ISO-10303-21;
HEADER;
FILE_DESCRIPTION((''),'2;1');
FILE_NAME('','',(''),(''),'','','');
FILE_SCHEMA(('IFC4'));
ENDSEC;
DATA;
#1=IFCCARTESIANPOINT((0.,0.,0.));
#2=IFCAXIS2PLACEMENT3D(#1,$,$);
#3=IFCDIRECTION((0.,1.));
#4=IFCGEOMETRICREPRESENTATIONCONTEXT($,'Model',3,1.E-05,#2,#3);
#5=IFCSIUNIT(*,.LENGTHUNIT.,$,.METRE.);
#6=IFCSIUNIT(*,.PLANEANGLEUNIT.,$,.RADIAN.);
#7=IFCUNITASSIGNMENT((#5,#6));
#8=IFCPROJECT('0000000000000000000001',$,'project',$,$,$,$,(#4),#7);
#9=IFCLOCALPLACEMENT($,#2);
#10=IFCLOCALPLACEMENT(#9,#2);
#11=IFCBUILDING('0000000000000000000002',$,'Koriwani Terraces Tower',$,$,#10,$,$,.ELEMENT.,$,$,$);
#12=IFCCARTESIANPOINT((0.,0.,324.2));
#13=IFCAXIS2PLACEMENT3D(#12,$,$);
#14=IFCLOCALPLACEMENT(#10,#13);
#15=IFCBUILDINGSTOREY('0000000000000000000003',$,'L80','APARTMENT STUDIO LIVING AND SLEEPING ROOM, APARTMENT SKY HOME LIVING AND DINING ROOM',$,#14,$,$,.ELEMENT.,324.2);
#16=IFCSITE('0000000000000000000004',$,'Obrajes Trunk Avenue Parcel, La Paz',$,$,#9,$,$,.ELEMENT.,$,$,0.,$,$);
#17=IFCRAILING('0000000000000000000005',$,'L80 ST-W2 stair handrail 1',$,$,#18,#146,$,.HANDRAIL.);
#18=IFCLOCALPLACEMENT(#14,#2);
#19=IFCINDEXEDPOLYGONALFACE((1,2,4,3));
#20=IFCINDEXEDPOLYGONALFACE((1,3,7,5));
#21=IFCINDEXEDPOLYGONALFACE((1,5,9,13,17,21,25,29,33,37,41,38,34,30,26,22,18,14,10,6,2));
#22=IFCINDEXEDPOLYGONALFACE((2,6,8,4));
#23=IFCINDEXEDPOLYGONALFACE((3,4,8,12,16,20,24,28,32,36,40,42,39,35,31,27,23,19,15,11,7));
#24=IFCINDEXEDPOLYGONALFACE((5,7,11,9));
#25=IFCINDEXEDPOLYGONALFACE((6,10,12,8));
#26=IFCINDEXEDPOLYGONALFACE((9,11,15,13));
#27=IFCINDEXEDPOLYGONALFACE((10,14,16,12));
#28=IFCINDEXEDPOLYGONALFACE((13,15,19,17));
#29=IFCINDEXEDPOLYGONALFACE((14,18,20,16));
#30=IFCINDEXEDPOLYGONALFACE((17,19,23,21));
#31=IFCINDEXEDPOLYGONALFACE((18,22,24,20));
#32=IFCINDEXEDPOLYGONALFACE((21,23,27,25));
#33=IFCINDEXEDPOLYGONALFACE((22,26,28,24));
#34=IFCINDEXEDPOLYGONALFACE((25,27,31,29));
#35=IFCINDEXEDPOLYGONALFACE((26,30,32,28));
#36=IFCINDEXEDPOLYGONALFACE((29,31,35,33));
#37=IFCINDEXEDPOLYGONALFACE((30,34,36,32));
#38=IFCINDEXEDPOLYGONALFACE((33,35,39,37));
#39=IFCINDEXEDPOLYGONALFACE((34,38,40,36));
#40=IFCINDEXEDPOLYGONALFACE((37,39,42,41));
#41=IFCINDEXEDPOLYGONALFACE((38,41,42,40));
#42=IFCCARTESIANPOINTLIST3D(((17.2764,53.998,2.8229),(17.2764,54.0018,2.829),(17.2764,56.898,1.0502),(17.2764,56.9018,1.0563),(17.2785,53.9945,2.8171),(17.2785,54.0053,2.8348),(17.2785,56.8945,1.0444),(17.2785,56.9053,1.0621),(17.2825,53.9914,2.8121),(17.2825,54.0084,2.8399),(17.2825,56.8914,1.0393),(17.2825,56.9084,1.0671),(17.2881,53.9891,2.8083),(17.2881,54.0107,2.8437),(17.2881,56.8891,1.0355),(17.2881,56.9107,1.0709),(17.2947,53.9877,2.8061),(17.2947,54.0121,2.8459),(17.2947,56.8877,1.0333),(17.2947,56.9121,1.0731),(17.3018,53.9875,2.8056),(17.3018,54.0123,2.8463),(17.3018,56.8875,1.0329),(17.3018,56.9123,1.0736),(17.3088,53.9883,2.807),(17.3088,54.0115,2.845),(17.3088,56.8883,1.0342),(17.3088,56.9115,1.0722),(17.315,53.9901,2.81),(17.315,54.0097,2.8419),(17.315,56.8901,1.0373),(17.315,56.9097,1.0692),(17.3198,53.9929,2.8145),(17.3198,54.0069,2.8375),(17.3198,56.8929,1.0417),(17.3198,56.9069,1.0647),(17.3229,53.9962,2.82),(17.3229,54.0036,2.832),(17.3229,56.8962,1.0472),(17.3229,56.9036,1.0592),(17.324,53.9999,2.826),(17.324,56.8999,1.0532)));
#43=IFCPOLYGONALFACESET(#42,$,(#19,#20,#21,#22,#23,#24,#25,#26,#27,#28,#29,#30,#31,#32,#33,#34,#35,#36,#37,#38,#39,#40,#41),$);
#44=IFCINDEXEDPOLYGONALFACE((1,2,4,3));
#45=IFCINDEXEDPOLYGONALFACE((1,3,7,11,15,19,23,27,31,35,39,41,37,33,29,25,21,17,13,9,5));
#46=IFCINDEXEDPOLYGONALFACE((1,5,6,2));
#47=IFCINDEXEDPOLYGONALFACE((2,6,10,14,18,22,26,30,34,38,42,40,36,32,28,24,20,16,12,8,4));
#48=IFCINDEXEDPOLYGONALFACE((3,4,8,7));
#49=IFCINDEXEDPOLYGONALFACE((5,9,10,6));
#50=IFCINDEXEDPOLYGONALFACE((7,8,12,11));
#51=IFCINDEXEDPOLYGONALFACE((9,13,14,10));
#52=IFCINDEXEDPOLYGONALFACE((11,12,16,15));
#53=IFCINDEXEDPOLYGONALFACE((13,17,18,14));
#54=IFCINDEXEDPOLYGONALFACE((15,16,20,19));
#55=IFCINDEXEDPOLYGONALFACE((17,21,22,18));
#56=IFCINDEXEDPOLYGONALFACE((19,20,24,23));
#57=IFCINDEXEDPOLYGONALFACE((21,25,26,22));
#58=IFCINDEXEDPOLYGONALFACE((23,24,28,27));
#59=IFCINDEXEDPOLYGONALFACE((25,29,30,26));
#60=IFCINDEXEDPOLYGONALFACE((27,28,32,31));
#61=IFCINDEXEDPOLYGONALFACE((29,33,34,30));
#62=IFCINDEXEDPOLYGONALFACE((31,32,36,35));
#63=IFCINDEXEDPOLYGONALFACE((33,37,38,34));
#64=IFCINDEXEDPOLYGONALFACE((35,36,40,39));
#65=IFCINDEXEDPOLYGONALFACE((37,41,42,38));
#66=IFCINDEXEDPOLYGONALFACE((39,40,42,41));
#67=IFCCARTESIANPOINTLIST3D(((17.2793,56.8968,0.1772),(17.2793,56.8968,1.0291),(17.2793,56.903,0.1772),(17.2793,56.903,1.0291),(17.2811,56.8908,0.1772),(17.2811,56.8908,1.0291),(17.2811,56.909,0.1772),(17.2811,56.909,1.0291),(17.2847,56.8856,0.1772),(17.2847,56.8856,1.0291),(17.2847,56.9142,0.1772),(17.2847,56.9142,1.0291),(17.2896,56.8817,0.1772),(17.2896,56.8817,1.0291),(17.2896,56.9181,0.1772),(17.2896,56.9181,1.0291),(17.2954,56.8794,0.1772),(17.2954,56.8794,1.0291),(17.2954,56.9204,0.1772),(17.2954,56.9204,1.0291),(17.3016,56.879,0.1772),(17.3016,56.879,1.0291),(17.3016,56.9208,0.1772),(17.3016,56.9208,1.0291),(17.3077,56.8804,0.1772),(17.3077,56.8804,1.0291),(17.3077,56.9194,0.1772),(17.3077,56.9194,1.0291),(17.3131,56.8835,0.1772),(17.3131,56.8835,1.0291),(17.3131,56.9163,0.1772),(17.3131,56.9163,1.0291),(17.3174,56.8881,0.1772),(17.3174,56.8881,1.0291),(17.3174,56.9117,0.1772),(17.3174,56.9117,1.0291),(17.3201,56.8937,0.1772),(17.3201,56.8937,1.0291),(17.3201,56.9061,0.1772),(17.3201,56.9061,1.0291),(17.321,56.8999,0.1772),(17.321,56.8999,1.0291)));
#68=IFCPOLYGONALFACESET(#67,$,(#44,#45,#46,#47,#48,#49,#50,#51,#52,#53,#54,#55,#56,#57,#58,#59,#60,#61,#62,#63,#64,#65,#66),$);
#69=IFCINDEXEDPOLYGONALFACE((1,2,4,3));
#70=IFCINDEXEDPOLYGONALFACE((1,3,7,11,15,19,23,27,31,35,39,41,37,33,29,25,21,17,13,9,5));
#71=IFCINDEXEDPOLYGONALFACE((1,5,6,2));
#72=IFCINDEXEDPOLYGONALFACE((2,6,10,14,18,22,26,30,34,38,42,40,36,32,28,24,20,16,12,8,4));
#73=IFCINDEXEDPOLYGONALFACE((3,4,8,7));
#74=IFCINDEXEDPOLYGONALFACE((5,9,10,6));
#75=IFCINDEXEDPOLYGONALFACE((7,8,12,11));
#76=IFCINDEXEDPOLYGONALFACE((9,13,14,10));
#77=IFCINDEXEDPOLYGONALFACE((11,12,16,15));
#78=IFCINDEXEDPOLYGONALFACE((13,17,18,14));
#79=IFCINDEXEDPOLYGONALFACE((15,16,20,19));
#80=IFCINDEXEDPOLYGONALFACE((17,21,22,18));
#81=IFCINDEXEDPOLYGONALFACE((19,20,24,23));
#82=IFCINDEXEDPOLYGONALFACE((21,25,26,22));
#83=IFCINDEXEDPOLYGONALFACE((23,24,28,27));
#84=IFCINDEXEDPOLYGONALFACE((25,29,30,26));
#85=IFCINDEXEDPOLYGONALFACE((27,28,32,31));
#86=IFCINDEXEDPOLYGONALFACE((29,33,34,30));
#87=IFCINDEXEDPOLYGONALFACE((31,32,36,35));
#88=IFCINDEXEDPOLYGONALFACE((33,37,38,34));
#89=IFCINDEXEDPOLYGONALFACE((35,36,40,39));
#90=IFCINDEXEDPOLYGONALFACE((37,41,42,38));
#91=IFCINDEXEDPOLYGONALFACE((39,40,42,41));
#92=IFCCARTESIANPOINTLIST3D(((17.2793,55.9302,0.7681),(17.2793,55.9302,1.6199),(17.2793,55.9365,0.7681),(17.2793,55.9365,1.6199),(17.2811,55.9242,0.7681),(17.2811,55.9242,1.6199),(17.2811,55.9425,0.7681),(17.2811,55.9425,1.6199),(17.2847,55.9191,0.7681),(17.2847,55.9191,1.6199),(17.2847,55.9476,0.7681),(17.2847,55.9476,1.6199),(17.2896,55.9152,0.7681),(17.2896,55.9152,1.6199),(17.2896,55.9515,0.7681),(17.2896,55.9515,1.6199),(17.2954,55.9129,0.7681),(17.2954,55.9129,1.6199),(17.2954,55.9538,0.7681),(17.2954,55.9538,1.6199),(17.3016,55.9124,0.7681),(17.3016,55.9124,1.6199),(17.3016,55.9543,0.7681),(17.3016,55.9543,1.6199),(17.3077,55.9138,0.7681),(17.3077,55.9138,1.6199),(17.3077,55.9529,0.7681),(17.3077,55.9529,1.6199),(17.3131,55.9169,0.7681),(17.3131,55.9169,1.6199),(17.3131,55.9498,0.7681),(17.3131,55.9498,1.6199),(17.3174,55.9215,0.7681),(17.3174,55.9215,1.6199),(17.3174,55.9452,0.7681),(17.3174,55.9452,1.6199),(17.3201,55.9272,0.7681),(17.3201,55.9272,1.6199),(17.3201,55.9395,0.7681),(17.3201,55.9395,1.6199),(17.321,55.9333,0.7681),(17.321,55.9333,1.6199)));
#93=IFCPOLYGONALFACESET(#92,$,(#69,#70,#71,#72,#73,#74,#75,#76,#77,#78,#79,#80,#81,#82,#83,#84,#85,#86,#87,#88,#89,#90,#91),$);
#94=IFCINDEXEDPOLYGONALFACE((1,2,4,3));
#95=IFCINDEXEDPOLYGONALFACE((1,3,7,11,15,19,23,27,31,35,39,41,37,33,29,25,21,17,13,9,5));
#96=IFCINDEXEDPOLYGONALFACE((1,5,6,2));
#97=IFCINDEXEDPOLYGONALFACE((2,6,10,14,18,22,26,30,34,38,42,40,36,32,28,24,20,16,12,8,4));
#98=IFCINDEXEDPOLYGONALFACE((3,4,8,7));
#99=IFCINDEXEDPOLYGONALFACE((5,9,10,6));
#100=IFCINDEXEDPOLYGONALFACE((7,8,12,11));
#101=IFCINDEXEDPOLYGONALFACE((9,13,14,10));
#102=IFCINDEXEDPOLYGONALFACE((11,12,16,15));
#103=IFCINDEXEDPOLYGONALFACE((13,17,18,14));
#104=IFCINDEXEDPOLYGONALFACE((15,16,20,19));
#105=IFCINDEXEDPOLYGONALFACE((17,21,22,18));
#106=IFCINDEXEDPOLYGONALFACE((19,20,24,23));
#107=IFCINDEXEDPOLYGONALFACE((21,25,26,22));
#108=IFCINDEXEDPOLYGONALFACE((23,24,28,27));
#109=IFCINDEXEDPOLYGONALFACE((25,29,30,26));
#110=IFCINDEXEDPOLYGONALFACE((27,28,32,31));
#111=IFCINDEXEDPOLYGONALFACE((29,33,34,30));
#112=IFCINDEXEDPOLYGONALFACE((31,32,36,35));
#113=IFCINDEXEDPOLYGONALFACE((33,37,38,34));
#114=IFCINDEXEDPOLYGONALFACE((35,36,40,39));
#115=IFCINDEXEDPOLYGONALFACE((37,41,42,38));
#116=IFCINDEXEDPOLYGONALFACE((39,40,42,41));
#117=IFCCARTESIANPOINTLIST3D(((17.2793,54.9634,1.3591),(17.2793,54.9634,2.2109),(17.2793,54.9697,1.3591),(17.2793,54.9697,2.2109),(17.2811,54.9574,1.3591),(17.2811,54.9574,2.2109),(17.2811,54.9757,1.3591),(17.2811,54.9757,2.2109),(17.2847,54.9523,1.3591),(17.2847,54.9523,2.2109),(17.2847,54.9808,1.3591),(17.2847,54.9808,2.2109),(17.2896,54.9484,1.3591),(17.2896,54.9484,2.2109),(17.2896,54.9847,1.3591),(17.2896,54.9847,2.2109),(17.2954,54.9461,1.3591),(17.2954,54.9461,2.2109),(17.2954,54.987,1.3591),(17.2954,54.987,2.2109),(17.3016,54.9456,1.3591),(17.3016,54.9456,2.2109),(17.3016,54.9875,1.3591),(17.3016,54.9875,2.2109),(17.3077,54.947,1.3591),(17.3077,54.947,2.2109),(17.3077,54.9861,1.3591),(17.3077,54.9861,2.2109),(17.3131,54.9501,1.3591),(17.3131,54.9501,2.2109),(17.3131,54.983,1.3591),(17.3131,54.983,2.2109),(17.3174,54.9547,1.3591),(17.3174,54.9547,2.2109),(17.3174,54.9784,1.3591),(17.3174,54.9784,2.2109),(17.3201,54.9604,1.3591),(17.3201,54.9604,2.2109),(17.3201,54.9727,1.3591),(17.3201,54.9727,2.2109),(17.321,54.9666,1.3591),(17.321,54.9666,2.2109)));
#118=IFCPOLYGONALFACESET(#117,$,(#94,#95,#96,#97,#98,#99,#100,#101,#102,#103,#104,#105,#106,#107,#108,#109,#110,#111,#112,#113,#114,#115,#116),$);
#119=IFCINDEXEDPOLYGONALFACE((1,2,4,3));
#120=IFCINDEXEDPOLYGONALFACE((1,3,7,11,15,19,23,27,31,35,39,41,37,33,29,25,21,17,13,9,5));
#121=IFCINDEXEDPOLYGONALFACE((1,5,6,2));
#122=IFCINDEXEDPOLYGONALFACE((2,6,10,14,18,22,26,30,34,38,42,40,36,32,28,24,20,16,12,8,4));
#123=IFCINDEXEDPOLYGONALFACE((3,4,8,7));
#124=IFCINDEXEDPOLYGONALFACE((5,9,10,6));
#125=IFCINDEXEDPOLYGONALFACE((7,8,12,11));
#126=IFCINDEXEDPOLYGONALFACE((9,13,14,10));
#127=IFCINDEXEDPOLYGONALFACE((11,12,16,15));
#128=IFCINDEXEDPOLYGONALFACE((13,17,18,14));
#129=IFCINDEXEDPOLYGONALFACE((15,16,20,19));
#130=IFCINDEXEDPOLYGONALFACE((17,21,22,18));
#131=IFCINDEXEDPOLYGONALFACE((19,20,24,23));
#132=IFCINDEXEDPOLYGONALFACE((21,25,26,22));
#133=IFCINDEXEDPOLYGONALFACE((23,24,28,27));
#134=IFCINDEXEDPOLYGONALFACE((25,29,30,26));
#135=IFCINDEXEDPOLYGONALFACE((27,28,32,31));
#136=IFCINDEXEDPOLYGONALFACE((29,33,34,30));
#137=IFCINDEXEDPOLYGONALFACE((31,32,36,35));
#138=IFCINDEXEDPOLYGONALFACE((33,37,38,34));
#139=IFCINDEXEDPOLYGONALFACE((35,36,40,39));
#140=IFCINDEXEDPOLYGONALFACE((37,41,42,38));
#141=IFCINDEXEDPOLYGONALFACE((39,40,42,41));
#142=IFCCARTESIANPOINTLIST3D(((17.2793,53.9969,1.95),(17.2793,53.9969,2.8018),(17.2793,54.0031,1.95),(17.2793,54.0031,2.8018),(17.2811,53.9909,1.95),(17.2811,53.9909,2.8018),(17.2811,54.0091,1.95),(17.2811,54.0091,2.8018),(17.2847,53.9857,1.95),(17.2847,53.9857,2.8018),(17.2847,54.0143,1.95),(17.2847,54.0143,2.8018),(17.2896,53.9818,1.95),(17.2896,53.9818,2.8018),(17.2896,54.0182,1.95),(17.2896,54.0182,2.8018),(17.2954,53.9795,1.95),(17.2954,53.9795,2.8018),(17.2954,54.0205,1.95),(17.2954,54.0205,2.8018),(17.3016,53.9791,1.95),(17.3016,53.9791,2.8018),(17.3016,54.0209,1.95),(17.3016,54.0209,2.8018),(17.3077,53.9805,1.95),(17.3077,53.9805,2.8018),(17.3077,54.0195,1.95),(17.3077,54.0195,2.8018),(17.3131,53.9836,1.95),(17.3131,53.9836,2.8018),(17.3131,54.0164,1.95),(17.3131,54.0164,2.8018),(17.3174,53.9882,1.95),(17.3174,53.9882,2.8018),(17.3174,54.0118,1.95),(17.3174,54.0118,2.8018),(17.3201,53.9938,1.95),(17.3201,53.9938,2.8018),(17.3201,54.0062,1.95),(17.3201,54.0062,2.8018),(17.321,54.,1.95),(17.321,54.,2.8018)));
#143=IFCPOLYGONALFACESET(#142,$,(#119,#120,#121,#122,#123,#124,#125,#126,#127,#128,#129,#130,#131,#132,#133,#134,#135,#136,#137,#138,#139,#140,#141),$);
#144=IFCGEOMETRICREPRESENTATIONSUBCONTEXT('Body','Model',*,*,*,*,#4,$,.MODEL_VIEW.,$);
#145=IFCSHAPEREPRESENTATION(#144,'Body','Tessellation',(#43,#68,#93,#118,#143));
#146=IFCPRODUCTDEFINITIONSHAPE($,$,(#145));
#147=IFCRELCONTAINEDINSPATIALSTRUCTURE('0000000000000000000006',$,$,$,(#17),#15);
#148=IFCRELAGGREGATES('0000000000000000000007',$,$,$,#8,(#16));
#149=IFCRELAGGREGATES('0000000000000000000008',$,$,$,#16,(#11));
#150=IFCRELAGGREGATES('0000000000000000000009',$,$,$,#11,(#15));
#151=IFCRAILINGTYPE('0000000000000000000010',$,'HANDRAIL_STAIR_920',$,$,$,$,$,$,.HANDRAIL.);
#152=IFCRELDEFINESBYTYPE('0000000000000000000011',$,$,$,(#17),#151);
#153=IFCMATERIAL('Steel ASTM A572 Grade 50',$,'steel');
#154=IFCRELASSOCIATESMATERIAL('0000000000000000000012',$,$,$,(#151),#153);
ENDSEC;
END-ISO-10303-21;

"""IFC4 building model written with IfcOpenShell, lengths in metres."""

from ifc_helpers import new_model, si_unit, direction, frame, origin, origin_2d, place, context, subcontext, project, spatial, circle, extrude, material, type_object, element, save


model = new_model("IFC4")

# Units and contexts
model_context = context("Model", 3, precision=1e-05, world=origin(), true_north=direction((0.0, 1.0)))
body_context = subcontext(model_context, "Body", "Model", "MODEL_VIEW")
ifc_project = project(units=[si_unit("LENGTHUNIT", "METRE"), si_unit("PLANEANGLEUNIT", "RADIAN")], contexts=[model_context])

# Site, building, storey
site_placement = place(None, origin())
site = spatial("IfcSite", under=ifc_project, at=site_placement, Name="Obrajes Trunk Avenue Parcel, La Paz", CompositionType="ELEMENT", RefElevation=0.0)
building_placement = place(site_placement, origin())
building = spatial("IfcBuilding", under=site, at=building_placement, Name="Koriwani Terraces Tower", CompositionType="ELEMENT")
storey_placement = place(building_placement, frame((0.0, 0.0, 324.2)))
storey = spatial("IfcBuildingStorey", under=building, at=storey_placement, Name="L80", Description="APARTMENT STUDIO LIVING AND SLEEPING ROOM, APARTMENT SKY HOME LIVING AND DINING ROOM", CompositionType="ELEMENT", Elevation=324.2)

# Shared definitions
ifc_material_1 = material(Name="Steel ASTM A572 Grade 50", Category="steel")

# Railing
railing_type_1 = type_object("IfcRailingType", Name="HANDRAIL_STAIR_920", PredefinedType="HANDRAIL", material=ifc_material_1)
railing_1_placement = place(storey_placement, frame((17.3, 56.8999, 0.1772)))
element("IfcRailing", 1, at=railing_1_placement, inside=storey, type_object=railing_type_1, Name="L80 ST-W2 stair handrail 1", PredefinedType="HANDRAIL", context=body_context, shape_type="SweptSolid", body=[
    extrude(circle(Radius=0.0239, at=origin_2d()), frame((0.0, 0.0, 0.876), z_axis=(0.0, -0.853211, 0.521566), x_axis=(1.0, 0.0, 0.0)), (0.0, 0.0, 1.0), 3.3989),
    extrude(circle(Radius=0.021, at=origin_2d()), origin(), (0.0, 0.0, 1.0), 0.8518),
    extrude(circle(Radius=0.021, at=origin_2d()), frame((0.0, -0.9666, 0.5908)), (0.0, 0.0, 1.0), 0.8518),
    extrude(circle(Radius=0.021, at=origin_2d()), frame((0.0, -1.9333, 1.1819)), (0.0, 0.0, 1.0), 0.8518),
    extrude(circle(Radius=0.021, at=origin_2d()), frame((0.0, -2.8999, 1.7727)), (0.0, 0.0, 1.0), 0.8518),
])

save(model, "model.ifc")
